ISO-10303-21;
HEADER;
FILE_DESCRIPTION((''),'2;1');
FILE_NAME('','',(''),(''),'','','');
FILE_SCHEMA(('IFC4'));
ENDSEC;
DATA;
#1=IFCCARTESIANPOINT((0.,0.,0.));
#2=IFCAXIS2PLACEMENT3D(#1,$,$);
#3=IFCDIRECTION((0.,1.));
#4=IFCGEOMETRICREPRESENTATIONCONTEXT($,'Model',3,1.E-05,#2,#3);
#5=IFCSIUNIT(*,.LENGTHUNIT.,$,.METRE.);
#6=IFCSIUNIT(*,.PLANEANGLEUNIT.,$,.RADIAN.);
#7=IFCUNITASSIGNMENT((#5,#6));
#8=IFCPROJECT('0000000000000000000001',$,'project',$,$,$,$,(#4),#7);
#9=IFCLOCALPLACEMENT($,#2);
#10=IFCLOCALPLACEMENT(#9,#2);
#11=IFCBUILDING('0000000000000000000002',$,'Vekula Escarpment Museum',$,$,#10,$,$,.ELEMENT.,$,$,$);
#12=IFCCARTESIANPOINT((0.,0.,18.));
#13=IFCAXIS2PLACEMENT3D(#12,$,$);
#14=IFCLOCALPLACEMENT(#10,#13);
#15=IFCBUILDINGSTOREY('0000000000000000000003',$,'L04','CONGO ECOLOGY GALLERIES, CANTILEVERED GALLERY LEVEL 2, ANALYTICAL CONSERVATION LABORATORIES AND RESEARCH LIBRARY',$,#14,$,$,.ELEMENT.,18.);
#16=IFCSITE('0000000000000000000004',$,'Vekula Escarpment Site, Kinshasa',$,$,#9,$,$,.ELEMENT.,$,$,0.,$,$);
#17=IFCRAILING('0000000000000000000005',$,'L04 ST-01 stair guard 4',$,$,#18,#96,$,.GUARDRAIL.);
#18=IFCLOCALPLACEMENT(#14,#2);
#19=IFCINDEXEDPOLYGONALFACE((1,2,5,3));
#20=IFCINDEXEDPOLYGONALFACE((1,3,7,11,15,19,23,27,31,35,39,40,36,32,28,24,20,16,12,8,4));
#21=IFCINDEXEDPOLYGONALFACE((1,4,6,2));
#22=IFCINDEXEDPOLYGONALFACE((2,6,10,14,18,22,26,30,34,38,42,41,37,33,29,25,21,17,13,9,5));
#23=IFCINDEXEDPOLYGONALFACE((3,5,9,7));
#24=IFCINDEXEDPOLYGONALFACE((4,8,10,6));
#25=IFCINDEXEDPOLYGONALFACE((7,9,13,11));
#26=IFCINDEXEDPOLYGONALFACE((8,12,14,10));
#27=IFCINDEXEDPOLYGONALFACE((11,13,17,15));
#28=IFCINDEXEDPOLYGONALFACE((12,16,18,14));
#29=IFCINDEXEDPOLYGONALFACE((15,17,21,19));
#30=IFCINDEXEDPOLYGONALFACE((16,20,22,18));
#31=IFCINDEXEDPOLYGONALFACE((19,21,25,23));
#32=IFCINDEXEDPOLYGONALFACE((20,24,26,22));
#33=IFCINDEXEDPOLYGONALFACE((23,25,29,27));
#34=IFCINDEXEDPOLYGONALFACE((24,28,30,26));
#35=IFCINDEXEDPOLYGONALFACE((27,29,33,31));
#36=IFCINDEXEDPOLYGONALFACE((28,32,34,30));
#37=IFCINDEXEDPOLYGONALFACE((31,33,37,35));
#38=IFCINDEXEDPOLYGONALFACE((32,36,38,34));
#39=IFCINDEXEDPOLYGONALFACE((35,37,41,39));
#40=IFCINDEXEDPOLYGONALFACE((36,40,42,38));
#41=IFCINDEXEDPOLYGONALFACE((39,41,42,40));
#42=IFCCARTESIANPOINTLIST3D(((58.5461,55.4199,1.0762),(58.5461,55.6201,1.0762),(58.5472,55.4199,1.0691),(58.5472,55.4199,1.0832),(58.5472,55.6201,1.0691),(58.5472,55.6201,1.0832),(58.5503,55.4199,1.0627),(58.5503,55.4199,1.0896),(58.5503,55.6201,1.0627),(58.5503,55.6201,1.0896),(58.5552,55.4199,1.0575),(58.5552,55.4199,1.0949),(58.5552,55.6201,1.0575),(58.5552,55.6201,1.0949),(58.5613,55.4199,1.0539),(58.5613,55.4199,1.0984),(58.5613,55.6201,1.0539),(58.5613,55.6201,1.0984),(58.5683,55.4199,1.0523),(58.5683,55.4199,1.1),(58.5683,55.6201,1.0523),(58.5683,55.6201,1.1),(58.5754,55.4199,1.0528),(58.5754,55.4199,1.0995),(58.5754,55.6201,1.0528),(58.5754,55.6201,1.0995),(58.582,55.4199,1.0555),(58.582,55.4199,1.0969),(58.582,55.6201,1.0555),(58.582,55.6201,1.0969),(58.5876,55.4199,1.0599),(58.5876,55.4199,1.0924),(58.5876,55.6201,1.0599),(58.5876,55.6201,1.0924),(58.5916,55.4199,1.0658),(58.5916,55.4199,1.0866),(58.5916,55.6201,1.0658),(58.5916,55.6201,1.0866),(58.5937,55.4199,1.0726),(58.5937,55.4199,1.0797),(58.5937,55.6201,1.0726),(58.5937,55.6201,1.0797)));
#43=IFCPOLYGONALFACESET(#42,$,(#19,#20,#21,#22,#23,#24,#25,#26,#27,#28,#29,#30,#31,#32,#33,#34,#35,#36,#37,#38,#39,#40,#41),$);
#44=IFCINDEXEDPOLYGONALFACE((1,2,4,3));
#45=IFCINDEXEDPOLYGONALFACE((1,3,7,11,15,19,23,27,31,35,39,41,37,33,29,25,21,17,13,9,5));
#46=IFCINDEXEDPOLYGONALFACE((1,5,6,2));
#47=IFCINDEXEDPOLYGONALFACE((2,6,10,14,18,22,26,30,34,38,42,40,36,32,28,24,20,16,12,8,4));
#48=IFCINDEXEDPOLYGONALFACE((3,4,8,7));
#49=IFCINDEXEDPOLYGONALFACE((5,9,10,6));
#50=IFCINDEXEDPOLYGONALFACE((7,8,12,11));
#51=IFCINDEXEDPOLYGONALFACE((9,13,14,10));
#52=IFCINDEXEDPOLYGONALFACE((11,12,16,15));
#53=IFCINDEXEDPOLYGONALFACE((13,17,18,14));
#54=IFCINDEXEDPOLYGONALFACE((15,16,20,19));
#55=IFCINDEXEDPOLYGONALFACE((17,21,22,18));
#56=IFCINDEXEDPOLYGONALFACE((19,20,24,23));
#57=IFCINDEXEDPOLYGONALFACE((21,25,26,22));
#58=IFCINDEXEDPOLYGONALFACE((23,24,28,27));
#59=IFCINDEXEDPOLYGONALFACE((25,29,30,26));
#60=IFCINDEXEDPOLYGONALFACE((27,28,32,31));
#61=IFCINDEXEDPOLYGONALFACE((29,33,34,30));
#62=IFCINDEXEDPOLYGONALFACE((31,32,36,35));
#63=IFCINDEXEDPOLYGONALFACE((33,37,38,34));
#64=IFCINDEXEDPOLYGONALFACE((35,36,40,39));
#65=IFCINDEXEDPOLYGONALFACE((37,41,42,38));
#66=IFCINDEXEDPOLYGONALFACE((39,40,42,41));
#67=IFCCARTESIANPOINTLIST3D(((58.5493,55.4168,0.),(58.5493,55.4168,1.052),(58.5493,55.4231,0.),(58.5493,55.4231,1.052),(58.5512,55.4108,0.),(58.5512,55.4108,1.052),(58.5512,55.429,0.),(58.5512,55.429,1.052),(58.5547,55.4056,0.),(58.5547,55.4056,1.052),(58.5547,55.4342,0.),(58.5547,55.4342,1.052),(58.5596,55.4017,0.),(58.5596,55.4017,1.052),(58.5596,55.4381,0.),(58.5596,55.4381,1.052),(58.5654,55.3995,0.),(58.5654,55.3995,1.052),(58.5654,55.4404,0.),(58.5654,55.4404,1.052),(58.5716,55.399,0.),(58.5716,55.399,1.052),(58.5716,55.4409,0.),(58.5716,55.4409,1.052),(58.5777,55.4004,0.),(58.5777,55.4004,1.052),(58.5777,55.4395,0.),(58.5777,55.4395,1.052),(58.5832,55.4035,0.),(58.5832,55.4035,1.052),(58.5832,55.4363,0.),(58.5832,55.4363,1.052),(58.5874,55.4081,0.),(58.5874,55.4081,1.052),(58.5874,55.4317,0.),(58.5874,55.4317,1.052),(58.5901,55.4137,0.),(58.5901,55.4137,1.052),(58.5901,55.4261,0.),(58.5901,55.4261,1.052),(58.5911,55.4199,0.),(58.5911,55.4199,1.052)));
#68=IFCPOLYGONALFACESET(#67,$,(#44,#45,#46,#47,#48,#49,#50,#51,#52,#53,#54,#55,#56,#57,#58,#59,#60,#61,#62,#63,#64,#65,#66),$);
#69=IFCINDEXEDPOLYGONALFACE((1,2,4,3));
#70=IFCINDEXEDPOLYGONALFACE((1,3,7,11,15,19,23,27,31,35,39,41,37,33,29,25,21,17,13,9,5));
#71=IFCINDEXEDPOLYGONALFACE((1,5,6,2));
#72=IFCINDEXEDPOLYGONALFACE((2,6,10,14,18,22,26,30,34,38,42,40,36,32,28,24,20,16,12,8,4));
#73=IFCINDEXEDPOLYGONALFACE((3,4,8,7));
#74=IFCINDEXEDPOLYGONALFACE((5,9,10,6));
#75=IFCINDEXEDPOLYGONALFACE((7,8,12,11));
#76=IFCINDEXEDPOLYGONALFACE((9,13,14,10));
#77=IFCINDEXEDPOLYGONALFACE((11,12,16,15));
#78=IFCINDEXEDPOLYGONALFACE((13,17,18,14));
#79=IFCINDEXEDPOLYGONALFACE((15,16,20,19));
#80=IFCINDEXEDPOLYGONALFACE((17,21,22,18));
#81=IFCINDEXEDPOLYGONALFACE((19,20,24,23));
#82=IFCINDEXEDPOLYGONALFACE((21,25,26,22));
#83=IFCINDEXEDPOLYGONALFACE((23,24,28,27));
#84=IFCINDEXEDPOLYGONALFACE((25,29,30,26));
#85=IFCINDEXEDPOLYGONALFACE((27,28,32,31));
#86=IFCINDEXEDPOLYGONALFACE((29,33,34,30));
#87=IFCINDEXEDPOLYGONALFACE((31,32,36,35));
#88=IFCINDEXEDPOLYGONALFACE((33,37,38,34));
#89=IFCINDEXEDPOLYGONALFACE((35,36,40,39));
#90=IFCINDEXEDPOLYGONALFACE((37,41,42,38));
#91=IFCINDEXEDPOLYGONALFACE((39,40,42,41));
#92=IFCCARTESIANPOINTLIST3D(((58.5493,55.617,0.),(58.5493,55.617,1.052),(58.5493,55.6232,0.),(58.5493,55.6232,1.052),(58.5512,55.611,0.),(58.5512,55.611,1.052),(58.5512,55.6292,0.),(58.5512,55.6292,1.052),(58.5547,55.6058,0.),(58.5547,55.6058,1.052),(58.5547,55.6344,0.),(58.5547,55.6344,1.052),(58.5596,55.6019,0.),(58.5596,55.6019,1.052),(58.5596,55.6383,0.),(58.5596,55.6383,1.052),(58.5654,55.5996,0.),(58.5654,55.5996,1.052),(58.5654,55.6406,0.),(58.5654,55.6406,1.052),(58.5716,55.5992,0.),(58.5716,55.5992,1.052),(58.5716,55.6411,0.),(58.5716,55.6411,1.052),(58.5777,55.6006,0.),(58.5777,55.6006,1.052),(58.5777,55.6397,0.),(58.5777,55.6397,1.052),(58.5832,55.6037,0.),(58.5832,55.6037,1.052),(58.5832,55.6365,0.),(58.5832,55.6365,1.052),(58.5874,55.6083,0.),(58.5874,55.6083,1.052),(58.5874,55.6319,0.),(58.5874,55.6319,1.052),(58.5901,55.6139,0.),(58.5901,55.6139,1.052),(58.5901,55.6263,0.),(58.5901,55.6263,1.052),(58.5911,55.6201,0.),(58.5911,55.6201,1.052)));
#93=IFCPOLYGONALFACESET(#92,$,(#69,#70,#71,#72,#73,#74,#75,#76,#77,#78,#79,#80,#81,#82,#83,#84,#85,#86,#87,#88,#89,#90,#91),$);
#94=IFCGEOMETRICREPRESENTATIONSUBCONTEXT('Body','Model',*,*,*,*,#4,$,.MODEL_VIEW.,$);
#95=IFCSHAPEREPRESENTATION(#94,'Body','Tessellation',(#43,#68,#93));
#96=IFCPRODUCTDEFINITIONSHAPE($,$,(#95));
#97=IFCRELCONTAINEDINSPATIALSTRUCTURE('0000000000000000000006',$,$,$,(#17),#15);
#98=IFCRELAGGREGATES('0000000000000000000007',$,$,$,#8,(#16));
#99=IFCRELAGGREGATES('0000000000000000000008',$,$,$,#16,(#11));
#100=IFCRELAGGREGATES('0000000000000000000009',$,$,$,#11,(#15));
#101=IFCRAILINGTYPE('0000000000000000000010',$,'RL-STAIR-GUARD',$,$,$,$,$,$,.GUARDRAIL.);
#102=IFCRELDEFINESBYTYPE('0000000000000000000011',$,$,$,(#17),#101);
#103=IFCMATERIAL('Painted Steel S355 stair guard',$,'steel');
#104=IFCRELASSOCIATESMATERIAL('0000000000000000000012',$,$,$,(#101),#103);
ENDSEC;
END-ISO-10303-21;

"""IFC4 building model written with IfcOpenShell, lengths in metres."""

from ifc_helpers import new_model, si_unit, direction, frame, origin, origin_2d, place, context, subcontext, project, spatial, circle, extrude, material, type_object, element, save


model = new_model("IFC4")

# Units and contexts
model_context = context("Model", 3, precision=1e-05, world=origin(), true_north=direction((0.0, 1.0)))
body_context = subcontext(model_context, "Body", "Model", "MODEL_VIEW")
ifc_project = project(units=[si_unit("LENGTHUNIT", "METRE"), si_unit("PLANEANGLEUNIT", "RADIAN")], contexts=[model_context])

# Site, building, storey
site_placement = place(None, origin())
site = spatial("IfcSite", under=ifc_project, at=site_placement, Name="Vekula Escarpment Site, Kinshasa", CompositionType="ELEMENT", RefElevation=0.0)
building_placement = place(site_placement, origin())
building = spatial("IfcBuilding", under=site, at=building_placement, Name="Vekula Escarpment Museum", CompositionType="ELEMENT")
storey_placement = place(building_placement, frame((0.0, 0.0, 18.0)))
storey = spatial("IfcBuildingStorey", under=building, at=storey_placement, Name="L04", Description="CONGO ECOLOGY GALLERIES, CANTILEVERED GALLERY LEVEL 2, ANALYTICAL CONSERVATION LABORATORIES AND RESEARCH LIBRARY", CompositionType="ELEMENT", Elevation=18.0)

# Railing
ifc_material_1 = material(Name="Painted Steel S355 stair guard", Category="steel")
railing_type_1 = type_object("IfcRailingType", Name="RL-STAIR-GUARD", PredefinedType="GUARDRAIL", material=ifc_material_1)
railing_1_placement = place(storey_placement, frame((58.5701, 55.4199, 0.0)))
element("IfcRailing", 1, at=railing_1_placement, inside=storey, type_object=railing_type_1, Name="L04 ST-01 stair guard 4", PredefinedType="GUARDRAIL", context=body_context, shape_type="SweptSolid", body=[
    extrude(circle(Radius=0.0239, at=origin_2d()), frame((0.0, 0.0, 1.0762), z_axis=(0.0, 1.0, 0.0), x_axis=(-1.0, 0.0, 0.0)), (0.0, 0.0, 1.0), 0.2002),
    extrude(circle(Radius=0.021, at=origin_2d()), origin(), (0.0, 0.0, 1.0), 1.052),
    extrude(circle(Radius=0.021, at=origin_2d()), frame((0.0, 0.2002, 0.0)), (0.0, 0.0, 1.0), 1.052),
])

save(model, "model.ifc")
